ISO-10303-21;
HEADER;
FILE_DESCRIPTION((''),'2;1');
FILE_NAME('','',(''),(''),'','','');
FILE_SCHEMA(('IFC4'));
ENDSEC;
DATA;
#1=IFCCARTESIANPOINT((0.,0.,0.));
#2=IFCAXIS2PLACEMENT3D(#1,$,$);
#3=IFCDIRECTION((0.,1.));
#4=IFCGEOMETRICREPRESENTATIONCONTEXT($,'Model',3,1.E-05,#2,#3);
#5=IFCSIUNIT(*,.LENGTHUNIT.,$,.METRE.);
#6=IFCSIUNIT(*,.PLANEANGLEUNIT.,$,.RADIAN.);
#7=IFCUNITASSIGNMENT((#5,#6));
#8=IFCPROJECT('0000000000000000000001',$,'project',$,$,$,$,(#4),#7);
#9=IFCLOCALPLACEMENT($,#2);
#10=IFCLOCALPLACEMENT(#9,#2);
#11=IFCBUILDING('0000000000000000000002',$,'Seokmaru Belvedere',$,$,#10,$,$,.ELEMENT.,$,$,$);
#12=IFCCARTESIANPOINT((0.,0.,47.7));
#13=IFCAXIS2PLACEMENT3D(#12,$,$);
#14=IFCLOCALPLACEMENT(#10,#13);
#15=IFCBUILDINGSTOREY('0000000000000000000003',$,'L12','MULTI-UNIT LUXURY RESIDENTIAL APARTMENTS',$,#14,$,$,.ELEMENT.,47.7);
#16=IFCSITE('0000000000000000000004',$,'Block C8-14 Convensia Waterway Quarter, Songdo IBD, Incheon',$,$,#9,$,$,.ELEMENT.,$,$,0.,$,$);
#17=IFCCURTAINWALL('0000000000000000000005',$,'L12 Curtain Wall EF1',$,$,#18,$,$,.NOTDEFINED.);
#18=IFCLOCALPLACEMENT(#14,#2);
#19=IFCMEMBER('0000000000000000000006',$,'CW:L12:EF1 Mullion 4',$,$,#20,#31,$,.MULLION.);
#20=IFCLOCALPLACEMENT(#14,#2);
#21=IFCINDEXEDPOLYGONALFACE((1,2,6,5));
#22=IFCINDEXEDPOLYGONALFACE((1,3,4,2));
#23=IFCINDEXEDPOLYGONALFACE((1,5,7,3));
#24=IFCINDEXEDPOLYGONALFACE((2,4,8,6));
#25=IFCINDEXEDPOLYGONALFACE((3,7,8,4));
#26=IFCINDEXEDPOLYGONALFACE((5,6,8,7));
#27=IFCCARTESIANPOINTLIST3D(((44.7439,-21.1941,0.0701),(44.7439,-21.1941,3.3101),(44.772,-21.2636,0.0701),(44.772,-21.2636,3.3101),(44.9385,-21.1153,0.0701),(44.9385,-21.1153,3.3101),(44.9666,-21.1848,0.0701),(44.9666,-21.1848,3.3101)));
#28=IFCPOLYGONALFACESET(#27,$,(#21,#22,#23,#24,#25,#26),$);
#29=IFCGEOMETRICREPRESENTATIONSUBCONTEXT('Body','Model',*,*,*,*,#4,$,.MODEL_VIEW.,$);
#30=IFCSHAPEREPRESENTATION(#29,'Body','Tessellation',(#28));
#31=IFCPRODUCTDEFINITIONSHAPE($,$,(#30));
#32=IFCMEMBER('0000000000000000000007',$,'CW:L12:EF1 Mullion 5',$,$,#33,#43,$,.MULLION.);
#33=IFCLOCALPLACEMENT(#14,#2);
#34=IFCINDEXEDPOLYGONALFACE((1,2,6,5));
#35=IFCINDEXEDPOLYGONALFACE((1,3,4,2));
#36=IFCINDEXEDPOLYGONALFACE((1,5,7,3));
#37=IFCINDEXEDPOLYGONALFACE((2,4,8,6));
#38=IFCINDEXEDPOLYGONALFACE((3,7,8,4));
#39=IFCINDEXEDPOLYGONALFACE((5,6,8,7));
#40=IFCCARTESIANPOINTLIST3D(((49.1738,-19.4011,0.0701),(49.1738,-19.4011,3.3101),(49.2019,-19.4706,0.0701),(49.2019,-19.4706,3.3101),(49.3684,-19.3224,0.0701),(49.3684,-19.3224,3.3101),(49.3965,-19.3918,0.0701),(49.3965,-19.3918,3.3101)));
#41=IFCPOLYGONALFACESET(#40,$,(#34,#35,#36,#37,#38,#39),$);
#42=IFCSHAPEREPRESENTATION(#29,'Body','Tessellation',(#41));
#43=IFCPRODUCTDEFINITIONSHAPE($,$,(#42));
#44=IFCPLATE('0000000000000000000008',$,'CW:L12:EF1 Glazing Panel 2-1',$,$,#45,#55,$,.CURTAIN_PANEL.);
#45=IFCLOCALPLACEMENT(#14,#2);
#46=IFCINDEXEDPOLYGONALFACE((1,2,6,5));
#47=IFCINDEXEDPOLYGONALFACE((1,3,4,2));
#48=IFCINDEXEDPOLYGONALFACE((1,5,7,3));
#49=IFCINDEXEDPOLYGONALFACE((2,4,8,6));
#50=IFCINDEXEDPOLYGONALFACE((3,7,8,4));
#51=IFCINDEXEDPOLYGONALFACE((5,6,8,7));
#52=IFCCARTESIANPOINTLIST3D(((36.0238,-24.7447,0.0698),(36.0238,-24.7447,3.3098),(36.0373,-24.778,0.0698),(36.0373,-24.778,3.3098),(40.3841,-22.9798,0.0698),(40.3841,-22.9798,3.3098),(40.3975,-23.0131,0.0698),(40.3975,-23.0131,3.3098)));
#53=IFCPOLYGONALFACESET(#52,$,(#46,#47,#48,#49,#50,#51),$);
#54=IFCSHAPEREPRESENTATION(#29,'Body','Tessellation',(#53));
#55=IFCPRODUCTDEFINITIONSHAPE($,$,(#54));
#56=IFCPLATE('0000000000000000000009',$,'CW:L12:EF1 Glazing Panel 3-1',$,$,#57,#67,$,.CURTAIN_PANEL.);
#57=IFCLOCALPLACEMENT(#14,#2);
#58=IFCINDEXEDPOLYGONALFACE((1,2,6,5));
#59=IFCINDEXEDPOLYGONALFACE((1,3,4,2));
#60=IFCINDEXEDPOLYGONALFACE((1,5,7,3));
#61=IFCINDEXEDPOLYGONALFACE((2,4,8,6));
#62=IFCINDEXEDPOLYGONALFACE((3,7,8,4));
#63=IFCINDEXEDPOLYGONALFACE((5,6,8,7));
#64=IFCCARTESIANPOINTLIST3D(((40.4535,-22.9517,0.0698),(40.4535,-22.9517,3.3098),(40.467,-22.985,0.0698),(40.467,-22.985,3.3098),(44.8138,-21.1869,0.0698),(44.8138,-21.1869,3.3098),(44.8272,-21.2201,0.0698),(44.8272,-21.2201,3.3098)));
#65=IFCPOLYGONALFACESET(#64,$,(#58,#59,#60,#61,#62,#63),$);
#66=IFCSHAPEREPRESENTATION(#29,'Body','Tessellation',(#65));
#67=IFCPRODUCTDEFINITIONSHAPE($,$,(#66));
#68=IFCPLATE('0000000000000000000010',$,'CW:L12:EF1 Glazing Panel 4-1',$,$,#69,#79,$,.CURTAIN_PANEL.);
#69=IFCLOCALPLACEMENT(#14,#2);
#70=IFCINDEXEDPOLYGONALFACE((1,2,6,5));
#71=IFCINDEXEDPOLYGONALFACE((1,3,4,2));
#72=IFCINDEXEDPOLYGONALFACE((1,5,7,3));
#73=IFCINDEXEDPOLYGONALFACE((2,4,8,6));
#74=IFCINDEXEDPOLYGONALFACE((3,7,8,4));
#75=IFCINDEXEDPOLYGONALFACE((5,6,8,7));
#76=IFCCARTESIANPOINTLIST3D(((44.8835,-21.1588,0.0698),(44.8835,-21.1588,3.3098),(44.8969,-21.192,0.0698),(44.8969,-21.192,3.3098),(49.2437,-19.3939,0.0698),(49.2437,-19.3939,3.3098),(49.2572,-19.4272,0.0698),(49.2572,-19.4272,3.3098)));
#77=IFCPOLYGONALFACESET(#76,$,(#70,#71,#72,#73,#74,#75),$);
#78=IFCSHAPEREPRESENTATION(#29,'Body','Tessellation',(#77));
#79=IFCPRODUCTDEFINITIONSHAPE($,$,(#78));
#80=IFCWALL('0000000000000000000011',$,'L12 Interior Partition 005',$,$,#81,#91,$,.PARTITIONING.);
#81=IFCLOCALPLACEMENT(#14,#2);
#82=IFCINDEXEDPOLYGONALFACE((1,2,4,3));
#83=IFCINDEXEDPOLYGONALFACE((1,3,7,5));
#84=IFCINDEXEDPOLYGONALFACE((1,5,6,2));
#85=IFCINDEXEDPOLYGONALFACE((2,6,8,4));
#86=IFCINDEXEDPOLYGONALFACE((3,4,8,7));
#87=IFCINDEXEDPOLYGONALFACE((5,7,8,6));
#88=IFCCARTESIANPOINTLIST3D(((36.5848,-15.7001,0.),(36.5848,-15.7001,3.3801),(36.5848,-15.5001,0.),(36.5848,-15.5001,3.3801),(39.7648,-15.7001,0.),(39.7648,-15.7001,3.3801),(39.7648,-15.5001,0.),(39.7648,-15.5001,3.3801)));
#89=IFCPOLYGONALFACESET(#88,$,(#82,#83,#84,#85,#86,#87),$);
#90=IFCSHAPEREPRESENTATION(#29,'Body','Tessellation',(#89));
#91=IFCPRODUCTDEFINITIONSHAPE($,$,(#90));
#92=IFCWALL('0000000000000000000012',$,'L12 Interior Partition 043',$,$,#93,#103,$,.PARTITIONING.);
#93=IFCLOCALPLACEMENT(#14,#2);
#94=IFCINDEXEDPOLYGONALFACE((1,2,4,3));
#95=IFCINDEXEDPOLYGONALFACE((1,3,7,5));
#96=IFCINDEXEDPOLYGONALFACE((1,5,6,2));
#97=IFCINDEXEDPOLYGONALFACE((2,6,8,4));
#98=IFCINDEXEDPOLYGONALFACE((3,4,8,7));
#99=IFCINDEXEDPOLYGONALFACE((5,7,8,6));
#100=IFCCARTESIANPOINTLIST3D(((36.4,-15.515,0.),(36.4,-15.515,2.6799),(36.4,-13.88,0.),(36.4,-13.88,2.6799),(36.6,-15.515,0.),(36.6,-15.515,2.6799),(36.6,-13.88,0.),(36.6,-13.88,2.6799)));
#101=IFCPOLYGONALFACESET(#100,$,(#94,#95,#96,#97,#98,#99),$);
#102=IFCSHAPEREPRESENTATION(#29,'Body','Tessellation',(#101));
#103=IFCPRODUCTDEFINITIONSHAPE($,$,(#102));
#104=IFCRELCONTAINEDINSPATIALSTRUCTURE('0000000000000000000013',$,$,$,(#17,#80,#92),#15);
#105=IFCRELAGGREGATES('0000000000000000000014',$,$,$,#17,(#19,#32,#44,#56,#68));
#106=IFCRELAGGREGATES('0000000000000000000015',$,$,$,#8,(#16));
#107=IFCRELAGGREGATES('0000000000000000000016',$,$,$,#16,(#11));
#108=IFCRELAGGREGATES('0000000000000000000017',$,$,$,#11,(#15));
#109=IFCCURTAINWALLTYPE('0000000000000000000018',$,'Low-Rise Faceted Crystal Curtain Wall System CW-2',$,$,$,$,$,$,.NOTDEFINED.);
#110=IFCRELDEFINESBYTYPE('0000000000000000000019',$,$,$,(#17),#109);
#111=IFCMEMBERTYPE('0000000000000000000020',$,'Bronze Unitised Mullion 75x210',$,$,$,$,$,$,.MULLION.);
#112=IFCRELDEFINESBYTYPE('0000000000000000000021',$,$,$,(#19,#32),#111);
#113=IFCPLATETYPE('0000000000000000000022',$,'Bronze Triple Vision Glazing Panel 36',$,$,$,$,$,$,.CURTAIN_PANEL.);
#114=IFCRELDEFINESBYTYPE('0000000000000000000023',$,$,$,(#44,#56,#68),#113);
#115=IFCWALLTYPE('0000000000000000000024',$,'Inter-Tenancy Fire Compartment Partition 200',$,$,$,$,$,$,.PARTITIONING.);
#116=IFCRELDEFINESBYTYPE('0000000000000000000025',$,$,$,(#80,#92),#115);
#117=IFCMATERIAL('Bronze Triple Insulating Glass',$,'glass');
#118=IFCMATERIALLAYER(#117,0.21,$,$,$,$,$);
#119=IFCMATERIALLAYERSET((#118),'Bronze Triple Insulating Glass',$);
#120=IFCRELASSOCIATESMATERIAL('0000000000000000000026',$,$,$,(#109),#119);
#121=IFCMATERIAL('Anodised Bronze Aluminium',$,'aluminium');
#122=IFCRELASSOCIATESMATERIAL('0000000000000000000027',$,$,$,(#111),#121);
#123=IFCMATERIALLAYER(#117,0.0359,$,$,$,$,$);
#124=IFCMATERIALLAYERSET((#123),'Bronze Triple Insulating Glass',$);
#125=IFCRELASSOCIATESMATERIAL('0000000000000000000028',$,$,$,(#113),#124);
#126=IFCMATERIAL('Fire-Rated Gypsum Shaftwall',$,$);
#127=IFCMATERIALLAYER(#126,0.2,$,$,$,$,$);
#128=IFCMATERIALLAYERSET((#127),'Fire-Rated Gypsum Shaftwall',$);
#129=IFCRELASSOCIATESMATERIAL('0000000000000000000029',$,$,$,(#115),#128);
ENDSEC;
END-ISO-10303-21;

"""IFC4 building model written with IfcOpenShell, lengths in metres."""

from ifc_helpers import new_model, si_unit, direction, frame, frame_2d, origin, origin_2d, place, context, subcontext, project, spatial, rectangle, extrude, source, transform, mapped, material, layer, layer_set, material_profile, profile_set, type_object, type_shapes, element, aggregate, save


model = new_model("IFC4")

# Units and contexts
model_context = context("Model", 3, precision=1e-05, world=origin(), true_north=direction((0.0, 1.0)))
body_context = subcontext(model_context, "Body", "Model", "MODEL_VIEW")
ifc_project = project(units=[si_unit("LENGTHUNIT", "METRE"), si_unit("PLANEANGLEUNIT", "RADIAN")], contexts=[model_context])

# Site, building, storey
site_placement = place(None, origin())
site = spatial("IfcSite", under=ifc_project, at=site_placement, Name="Block C8-14 Convensia Waterway Quarter, Songdo IBD, Incheon", CompositionType="ELEMENT", RefElevation=0.0)
building_placement = place(site_placement, origin())
building = spatial("IfcBuilding", under=site, at=building_placement, Name="Seokmaru Belvedere", CompositionType="ELEMENT")
storey_placement = place(building_placement, frame((0.0, 0.0, 47.7)))
storey = spatial("IfcBuildingStorey", under=building, at=storey_placement, Name="L12", Description="MULTI-UNIT LUXURY RESIDENTIAL APARTMENTS", CompositionType="ELEMENT", Elevation=47.7)

# Curtain wall, members, plates
ifc_material_1 = material(Name="Bronze Triple Insulating Glass", Category="glass")
ifc_layer_1 = layer(ifc_material_1, 0.21)
ifc_layer_set_1 = layer_set([ifc_layer_1], Name="Bronze Triple Insulating Glass")
curtain_wall_type = type_object("IfcCurtainWallType", Name="Low-Rise Faceted Crystal Curtain Wall System CW-2", PredefinedType="NOTDEFINED", material=ifc_layer_set_1)
curtain_wall_placement = place(storey_placement, origin())
curtain_wall = element("IfcCurtainWall", 1, at=curtain_wall_placement, inside=storey, type_object=curtain_wall_type, Name="L12 Curtain Wall EF1", PredefinedType="NOTDEFINED")
ifc_material_2 = material(Name="Anodised Bronze Aluminium", Category="aluminium")
ifc_material_profile_1 = material_profile(ifc_material_2, rectangle(XDim=0.075, YDim=0.21, at=origin_2d()), Name="CW-M-75x210")
ifc_profile_set_1 = profile_set([ifc_material_profile_1], Name="Anodised Bronze Aluminium")
member_type = type_object("IfcMemberType", Name="Bronze Unitised Mullion 75x210", PredefinedType="MULLION", material=ifc_profile_set_1)
shared_shape_1 = source(origin(), body_context, "Body", "SweptSolid", [
    extrude(rectangle(XDim=0.075, YDim=0.21, at=origin_2d()), origin(), (0.0, 0.0, 1.0), 3.24),
])
type_shapes(member_type, [shared_shape_1])
member_1_placement = place(storey_placement, frame((44.8552, -21.1895, 0.0701), z_axis=(0.0, 0.0, 1.0), x_axis=(-0.375192, 0.926947, 0.0)))
member_1 = element("IfcMember", 2, at=member_1_placement, type_object=member_type, Name="CW:L12:EF1 Mullion 4", PredefinedType="MULLION", context=body_context, shape_type="MappedRepresentation", body=[
    mapped(shared_shape_1, transform((0.0, 0.0, 0.0), scale=1.0)),
])
member_2_placement = place(storey_placement, frame((49.2852, -19.3965, 0.0701), z_axis=(0.0, 0.0, 1.0), x_axis=(-0.375192, 0.926947, 0.0)))
member_2 = element("IfcMember", 3, at=member_2_placement, type_object=member_type, Name="CW:L12:EF1 Mullion 5", PredefinedType="MULLION", context=body_context, shape_type="MappedRepresentation", body=[
    mapped(shared_shape_1, transform((0.0, 0.0, 0.0), scale=1.0)),
])
ifc_layer_2 = layer(ifc_material_1, 0.0359)
ifc_layer_set_2 = layer_set([ifc_layer_2], Name="Bronze Triple Insulating Glass")
plate_type = type_object("IfcPlateType", Name="Bronze Triple Vision Glazing Panel 36", PredefinedType="CURTAIN_PANEL", material=ifc_layer_set_2)
shared_shape_2 = source(origin(), body_context, "Body", "SweptSolid", [
    extrude(rectangle(XDim=4.7039, YDim=0.0359, at=origin_2d()), origin(), (0.0, 0.0, 1.0), 3.24),
])
type_shapes(plate_type, [shared_shape_2])
plate_1_placement = place(storey_placement, frame((38.2107, -23.8789, 0.0698), z_axis=(0.0, 0.0, 1.0), x_axis=(0.926947, 0.375192, 0.0)))
plate_1 = element("IfcPlate", 4, at=plate_1_placement, type_object=plate_type, Name="CW:L12:EF1 Glazing Panel 2-1", PredefinedType="CURTAIN_PANEL", context=body_context, shape_type="MappedRepresentation", body=[
    mapped(shared_shape_2, transform((0.0, 0.0, 0.0), scale=1.0)),
])
plate_2_placement = place(storey_placement, frame((42.6404, -22.0859, 0.0698), z_axis=(0.0, 0.0, 1.0), x_axis=(0.926947, 0.375192, 0.0)))
plate_2 = element("IfcPlate", 5, at=plate_2_placement, type_object=plate_type, Name="CW:L12:EF1 Glazing Panel 3-1", PredefinedType="CURTAIN_PANEL", context=body_context, shape_type="MappedRepresentation", body=[
    mapped(shared_shape_2, transform((0.0, 0.0, 0.0), scale=1.0)),
])
plate_3_placement = place(storey_placement, frame((47.0703, -20.293, 0.0698), z_axis=(0.0, 0.0, 1.0), x_axis=(0.926947, 0.375192, 0.0)))
plate_3 = element("IfcPlate", 6, at=plate_3_placement, type_object=plate_type, Name="CW:L12:EF1 Glazing Panel 4-1", PredefinedType="CURTAIN_PANEL", context=body_context, shape_type="MappedRepresentation", body=[
    mapped(shared_shape_2, transform((0.0, 0.0, 0.0), scale=1.0)),
])
aggregate(curtain_wall, [member_1, member_2, plate_1, plate_2, plate_3])

# Walls
ifc_material_3 = material(Name="Fire-Rated Gypsum Shaftwall")
ifc_layer_3 = layer(ifc_material_3, 0.2)
ifc_layer_set_3 = layer_set([ifc_layer_3], Name="Fire-Rated Gypsum Shaftwall")
wall_type = type_object("IfcWallType", Name="Inter-Tenancy Fire Compartment Partition 200", PredefinedType="PARTITIONING", material=ifc_layer_set_3)
wall_1_placement = place(storey_placement, frame((36.585, -15.6001, 0.0), z_axis=(0.0, 0.0, 1.0), x_axis=(1.0, 0.0, 0.0)))
element("IfcWall", 7, at=wall_1_placement, inside=storey, type_object=wall_type, Name="L12 Interior Partition 005", PredefinedType="PARTITIONING", context=body_context, shape_type="SweptSolid", body=[
    extrude(rectangle(XDim=3.1799, YDim=0.2, at=frame_2d((1.5898, 0.0))), origin(), (0.0, 0.0, 1.0), 3.3801),
])
wall_2_placement = place(storey_placement, frame((36.5, -15.5149, 0.0), z_axis=(0.0, 0.0, 1.0), x_axis=(0.0, 1.0, 0.0)))
element("IfcWall", 8, at=wall_2_placement, inside=storey, type_object=wall_type, Name="L12 Interior Partition 043", PredefinedType="PARTITIONING", context=body_context, shape_type="SweptSolid", body=[
    extrude(rectangle(XDim=1.635, YDim=0.2, at=frame_2d((0.8174, 0.0))), origin(), (0.0, 0.0, 1.0), 2.6799),
])

save(model, "model.ifc")
